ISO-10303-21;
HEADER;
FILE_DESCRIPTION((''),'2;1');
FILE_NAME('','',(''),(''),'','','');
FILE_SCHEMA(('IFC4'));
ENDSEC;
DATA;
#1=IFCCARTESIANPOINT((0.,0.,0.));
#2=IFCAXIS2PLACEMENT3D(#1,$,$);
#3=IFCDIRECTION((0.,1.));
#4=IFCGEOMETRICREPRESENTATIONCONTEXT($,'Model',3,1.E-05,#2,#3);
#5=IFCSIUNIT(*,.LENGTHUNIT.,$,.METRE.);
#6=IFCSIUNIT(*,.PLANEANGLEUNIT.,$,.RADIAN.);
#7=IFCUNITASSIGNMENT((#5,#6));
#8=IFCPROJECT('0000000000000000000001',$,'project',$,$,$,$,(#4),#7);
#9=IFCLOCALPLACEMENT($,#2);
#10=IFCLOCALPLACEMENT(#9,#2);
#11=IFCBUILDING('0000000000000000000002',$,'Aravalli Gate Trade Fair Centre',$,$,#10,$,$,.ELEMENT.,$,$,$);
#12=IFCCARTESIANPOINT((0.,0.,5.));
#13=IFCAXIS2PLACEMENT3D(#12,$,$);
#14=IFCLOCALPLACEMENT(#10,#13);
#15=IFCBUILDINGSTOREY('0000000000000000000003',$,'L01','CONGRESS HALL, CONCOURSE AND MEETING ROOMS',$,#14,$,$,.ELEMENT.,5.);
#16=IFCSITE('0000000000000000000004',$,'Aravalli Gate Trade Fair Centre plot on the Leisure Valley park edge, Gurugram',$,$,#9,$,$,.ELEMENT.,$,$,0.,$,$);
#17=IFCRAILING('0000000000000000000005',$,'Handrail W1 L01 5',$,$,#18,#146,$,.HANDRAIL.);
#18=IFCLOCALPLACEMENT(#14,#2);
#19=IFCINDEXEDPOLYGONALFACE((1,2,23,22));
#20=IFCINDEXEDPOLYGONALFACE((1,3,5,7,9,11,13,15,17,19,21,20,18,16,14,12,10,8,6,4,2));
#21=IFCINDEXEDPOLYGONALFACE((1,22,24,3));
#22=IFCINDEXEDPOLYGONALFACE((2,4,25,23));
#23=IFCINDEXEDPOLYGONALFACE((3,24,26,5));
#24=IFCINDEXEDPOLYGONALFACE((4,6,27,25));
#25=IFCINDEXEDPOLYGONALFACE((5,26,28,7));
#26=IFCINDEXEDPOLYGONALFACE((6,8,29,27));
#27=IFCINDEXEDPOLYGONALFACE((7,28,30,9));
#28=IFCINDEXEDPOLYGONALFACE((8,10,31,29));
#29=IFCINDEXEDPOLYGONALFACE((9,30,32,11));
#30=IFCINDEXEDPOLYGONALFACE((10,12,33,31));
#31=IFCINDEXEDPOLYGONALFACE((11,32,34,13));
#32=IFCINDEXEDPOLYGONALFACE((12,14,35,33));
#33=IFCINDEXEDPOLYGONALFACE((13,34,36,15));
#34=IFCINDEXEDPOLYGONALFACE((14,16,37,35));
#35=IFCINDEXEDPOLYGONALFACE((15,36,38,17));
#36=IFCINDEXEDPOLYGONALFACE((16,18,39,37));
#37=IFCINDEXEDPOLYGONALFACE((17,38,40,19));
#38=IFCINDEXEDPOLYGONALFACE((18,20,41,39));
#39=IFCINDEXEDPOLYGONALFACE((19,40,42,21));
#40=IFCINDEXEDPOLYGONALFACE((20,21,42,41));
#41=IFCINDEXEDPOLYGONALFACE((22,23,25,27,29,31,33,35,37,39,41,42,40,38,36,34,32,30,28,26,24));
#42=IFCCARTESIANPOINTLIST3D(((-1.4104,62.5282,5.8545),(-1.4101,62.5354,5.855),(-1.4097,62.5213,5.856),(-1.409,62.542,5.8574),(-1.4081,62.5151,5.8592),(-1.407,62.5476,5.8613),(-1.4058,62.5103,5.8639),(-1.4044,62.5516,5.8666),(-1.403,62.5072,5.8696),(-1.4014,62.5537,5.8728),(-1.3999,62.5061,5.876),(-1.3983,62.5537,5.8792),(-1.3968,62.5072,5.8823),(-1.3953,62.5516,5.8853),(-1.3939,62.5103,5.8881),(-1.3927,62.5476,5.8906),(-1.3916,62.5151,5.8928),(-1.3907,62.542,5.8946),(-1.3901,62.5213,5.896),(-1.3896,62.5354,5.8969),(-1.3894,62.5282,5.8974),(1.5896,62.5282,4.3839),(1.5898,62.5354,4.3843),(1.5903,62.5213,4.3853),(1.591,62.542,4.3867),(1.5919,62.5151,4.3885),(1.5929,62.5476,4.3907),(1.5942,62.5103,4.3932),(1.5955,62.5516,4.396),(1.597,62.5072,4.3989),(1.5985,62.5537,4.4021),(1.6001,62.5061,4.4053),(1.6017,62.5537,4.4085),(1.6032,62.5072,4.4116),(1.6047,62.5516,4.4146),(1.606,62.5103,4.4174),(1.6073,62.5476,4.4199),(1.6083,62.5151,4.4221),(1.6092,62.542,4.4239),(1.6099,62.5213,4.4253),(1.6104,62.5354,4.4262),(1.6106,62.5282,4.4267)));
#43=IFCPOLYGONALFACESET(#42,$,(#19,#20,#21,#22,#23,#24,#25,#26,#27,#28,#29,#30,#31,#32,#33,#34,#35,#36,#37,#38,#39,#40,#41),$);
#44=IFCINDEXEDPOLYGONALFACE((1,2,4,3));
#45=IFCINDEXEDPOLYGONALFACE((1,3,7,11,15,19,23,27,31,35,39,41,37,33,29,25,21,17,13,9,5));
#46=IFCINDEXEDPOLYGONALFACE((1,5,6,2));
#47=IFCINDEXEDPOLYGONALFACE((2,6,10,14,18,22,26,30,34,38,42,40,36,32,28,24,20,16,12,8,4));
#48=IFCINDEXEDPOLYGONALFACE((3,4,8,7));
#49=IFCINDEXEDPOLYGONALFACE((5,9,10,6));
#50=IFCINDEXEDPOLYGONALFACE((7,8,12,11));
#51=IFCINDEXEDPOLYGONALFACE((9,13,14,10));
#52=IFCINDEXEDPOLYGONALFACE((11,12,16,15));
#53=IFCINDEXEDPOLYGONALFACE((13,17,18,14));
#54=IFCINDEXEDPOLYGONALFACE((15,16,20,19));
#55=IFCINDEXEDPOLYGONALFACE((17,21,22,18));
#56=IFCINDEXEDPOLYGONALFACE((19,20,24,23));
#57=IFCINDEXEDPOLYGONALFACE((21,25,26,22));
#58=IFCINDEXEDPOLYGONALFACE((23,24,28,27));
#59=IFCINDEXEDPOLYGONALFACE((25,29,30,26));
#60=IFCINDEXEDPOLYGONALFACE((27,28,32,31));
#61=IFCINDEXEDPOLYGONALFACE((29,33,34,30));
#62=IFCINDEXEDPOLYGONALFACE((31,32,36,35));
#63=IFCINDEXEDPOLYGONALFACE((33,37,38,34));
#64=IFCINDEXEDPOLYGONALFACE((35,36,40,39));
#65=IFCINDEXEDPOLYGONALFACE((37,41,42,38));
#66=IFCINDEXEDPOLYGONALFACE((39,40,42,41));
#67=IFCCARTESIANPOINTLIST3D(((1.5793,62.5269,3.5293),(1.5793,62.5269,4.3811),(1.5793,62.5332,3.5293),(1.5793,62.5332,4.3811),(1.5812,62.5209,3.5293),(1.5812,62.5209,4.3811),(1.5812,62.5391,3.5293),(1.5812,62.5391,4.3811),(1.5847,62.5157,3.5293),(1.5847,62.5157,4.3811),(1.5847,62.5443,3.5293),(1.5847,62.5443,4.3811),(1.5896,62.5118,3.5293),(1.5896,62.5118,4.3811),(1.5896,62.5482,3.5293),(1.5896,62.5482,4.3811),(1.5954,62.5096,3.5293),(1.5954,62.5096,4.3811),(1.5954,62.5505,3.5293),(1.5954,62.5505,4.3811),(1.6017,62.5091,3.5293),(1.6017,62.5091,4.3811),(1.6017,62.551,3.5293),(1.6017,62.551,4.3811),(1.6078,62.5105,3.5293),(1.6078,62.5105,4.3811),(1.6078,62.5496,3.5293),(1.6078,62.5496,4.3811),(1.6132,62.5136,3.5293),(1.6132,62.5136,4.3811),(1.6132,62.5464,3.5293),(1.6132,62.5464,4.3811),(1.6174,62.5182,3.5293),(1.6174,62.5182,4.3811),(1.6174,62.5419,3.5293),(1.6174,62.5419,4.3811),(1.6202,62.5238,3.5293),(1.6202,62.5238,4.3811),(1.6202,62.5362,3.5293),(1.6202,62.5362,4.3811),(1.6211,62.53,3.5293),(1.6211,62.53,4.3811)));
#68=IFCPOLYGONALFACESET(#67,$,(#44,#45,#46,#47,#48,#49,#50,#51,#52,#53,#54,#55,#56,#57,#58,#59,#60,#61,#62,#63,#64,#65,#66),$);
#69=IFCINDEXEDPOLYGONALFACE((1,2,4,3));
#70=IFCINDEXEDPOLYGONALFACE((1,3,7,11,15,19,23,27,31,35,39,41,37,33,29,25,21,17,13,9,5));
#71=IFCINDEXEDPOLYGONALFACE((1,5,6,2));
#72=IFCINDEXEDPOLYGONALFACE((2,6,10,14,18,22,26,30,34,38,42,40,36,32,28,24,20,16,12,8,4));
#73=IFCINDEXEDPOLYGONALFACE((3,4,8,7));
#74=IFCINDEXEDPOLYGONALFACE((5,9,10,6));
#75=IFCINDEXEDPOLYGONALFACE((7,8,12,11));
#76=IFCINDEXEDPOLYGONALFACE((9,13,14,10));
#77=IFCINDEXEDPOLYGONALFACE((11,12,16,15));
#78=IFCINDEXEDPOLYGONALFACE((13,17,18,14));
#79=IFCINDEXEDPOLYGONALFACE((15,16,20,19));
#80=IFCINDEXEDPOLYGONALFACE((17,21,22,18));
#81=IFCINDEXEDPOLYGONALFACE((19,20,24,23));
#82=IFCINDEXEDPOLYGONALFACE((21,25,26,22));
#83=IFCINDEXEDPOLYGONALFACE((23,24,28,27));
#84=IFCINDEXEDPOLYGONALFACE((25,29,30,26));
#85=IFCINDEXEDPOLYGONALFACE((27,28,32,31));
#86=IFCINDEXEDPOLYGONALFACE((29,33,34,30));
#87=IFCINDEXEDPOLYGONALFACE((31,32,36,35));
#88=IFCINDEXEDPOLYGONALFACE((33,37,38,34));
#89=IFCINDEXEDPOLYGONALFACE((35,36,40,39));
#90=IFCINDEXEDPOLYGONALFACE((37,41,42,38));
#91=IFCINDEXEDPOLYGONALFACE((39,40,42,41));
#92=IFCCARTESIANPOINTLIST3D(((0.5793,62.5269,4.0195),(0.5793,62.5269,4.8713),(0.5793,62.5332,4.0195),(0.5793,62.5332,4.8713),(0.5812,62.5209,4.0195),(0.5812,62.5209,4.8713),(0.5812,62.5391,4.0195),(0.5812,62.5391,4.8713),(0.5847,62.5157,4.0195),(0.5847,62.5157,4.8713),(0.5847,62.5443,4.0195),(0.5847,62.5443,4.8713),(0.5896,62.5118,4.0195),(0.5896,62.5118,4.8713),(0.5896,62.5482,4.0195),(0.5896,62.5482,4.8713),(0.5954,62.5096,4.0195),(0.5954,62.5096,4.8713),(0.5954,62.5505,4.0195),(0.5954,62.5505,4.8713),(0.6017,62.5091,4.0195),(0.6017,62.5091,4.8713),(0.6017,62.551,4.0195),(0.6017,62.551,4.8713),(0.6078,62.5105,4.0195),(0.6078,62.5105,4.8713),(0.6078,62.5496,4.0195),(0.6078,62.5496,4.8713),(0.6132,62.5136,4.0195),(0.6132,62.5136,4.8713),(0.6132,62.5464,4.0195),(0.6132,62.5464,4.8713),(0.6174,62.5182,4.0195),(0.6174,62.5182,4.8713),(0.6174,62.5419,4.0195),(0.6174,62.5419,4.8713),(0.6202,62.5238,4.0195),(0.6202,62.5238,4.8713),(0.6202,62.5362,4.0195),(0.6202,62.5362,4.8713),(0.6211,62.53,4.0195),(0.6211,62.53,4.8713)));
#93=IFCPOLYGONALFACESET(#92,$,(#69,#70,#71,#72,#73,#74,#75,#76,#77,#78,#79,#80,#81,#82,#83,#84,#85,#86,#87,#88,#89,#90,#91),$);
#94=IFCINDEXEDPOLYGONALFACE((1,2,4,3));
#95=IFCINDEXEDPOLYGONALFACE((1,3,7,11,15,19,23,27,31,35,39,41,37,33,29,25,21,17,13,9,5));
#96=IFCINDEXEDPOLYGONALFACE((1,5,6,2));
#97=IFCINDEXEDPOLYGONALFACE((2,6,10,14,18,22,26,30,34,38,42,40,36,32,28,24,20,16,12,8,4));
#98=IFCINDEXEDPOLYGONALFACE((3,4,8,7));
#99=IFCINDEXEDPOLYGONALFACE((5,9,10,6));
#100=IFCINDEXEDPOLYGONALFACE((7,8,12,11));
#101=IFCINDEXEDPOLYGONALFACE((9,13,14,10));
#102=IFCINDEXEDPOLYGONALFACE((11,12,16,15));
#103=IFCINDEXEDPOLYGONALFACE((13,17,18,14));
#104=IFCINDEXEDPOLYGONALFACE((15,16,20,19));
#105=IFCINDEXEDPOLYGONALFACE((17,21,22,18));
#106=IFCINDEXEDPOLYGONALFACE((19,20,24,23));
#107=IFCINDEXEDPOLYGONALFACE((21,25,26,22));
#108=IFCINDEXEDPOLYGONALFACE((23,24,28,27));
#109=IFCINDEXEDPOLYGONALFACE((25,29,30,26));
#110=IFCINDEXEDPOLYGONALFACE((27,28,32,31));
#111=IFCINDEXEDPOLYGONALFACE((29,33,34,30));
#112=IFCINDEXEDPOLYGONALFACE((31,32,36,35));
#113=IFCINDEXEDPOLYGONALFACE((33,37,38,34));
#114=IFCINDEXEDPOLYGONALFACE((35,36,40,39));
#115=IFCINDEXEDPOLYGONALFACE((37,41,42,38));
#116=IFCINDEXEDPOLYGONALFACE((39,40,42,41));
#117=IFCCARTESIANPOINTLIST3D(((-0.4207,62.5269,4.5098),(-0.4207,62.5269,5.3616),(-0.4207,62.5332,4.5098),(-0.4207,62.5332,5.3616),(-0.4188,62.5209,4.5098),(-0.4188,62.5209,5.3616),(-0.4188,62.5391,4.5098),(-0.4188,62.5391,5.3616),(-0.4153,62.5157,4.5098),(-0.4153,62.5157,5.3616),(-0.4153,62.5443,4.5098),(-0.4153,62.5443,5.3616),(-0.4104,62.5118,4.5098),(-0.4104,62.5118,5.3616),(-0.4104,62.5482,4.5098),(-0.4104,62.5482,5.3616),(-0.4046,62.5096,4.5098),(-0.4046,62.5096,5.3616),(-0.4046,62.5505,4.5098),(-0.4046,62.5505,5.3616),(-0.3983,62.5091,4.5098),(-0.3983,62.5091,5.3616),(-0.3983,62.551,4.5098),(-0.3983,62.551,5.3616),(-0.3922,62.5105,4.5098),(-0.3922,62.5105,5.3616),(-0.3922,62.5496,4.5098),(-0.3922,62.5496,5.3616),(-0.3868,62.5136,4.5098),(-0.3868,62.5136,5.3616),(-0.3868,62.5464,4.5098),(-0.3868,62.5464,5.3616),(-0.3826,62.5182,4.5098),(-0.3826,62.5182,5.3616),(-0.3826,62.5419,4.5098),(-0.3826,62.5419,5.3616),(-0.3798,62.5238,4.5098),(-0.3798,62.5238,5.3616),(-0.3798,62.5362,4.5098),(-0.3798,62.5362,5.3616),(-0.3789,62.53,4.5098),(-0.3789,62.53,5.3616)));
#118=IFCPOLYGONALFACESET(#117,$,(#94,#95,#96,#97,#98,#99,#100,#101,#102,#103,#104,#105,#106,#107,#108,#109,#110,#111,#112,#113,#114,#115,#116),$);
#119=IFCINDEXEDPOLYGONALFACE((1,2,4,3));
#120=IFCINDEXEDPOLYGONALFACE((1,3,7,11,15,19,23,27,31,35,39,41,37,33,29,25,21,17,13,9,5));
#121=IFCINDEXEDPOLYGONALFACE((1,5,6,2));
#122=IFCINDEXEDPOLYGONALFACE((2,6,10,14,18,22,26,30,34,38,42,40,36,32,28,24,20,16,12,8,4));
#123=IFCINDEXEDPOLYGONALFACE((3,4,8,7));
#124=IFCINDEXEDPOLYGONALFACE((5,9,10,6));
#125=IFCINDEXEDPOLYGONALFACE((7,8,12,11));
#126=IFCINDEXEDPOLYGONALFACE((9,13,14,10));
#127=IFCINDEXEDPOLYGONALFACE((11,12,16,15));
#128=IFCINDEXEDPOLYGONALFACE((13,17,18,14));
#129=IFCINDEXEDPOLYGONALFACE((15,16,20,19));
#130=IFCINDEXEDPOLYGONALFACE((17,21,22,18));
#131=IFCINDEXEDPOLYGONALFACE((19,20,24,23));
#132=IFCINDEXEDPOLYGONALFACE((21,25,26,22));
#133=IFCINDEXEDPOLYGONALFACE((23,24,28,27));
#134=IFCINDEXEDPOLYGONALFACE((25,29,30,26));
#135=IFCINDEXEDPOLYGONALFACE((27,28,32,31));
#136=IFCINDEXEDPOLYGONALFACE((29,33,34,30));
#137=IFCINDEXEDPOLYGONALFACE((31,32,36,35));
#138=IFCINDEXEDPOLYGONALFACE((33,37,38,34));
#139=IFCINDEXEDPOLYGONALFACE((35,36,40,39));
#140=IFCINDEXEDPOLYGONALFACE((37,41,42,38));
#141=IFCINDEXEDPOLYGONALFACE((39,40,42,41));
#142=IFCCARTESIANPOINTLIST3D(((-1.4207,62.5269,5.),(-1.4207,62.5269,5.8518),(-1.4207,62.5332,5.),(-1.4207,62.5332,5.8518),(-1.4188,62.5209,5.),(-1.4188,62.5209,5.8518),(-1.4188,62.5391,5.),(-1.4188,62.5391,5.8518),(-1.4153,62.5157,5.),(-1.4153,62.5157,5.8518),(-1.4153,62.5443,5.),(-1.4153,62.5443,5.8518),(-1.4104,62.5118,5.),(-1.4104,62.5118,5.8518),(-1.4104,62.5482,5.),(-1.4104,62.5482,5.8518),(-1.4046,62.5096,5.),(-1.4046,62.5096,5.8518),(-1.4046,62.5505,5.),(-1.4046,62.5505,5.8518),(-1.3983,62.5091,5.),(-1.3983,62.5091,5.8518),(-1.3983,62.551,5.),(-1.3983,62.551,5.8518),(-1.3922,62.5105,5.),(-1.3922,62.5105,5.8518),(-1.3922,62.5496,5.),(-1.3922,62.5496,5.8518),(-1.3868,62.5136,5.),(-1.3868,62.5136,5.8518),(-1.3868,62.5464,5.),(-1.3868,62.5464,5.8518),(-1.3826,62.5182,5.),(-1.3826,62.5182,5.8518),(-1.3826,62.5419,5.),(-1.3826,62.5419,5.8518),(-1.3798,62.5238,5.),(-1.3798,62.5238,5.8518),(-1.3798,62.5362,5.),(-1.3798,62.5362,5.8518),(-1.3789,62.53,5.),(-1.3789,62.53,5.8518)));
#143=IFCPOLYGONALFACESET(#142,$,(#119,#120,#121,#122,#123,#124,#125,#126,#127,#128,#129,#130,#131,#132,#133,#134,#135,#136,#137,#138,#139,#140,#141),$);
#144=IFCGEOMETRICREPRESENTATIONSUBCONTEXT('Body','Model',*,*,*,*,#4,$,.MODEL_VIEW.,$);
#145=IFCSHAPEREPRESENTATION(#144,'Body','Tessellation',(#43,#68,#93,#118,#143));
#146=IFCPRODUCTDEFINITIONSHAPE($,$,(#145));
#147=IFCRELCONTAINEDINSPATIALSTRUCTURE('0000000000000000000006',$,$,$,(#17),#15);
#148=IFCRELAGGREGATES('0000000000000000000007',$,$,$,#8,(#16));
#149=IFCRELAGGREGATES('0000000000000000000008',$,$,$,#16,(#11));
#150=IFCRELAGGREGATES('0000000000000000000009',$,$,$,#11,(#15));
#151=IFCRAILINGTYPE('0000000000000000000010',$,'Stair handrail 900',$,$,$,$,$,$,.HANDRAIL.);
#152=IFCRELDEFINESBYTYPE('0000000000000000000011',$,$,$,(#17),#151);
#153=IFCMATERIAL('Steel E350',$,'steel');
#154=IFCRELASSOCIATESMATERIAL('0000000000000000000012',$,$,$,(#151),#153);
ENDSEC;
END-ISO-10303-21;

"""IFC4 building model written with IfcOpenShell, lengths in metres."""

from ifc_helpers import new_model, si_unit, direction, frame, origin, origin_2d, place, context, subcontext, project, spatial, circle, extrude, material, type_object, element, save


model = new_model("IFC4")

# Units and contexts
model_context = context("Model", 3, precision=1e-05, world=origin(), true_north=direction((0.0, 1.0)))
body_context = subcontext(model_context, "Body", "Model", "MODEL_VIEW")
ifc_project = project(units=[si_unit("LENGTHUNIT", "METRE"), si_unit("PLANEANGLEUNIT", "RADIAN")], contexts=[model_context])

# Site, building, storey
site_placement = place(None, origin())
site = spatial("IfcSite", under=ifc_project, at=site_placement, Name="Aravalli Gate Trade Fair Centre plot on the Leisure Valley park edge, Gurugram", CompositionType="ELEMENT", RefElevation=0.0)
building_placement = place(site_placement, origin())
building = spatial("IfcBuilding", under=site, at=building_placement, Name="Aravalli Gate Trade Fair Centre", CompositionType="ELEMENT")
storey_placement = place(building_placement, frame((0.0, 0.0, 5.0)))
storey = spatial("IfcBuildingStorey", under=building, at=storey_placement, Name="L01", Description="CONGRESS HALL, CONCOURSE AND MEETING ROOMS", CompositionType="ELEMENT", Elevation=5.0)

# Railing
ifc_material_1 = material(Name="Steel E350", Category="steel")
railing_type = type_object("IfcRailingType", Name="Stair handrail 900", PredefinedType="HANDRAIL", material=ifc_material_1)
for number, where, name in (
    (1, (1.6001, 62.53, 3.5293), "Handrail W1 L01 5"),
):
    element("IfcRailing", number, at=place(storey_placement, frame(where)), inside=storey, type_object=railing_type, Name=name, PredefinedType="HANDRAIL", context=body_context, shape_type="SweptSolid", body=[
        extrude(circle(Radius=0.0239, at=origin_2d()), frame((0.0, 0.0, 0.876), z_axis=(-0.897907, 0.0, 0.440185), x_axis=(0.0, -1.0, 0.0)), (0.0, 0.0, 1.0), 3.3411),
        extrude(circle(Radius=0.021, at=origin_2d()), origin(), (0.0, 0.0, 1.0), 0.8518),
        extrude(circle(Radius=0.021, at=origin_2d()), frame((-1.0, 0.0, 0.4902)), (0.0, 0.0, 1.0), 0.8518),
        extrude(circle(Radius=0.021, at=origin_2d()), frame((-2.0, 0.0, 0.9805)), (0.0, 0.0, 1.0), 0.8518),
        extrude(circle(Radius=0.021, at=origin_2d()), frame((-3.0, 0.0, 1.4707)), (0.0, 0.0, 1.0), 0.8518),
    ])

save(model, "model.ifc")
